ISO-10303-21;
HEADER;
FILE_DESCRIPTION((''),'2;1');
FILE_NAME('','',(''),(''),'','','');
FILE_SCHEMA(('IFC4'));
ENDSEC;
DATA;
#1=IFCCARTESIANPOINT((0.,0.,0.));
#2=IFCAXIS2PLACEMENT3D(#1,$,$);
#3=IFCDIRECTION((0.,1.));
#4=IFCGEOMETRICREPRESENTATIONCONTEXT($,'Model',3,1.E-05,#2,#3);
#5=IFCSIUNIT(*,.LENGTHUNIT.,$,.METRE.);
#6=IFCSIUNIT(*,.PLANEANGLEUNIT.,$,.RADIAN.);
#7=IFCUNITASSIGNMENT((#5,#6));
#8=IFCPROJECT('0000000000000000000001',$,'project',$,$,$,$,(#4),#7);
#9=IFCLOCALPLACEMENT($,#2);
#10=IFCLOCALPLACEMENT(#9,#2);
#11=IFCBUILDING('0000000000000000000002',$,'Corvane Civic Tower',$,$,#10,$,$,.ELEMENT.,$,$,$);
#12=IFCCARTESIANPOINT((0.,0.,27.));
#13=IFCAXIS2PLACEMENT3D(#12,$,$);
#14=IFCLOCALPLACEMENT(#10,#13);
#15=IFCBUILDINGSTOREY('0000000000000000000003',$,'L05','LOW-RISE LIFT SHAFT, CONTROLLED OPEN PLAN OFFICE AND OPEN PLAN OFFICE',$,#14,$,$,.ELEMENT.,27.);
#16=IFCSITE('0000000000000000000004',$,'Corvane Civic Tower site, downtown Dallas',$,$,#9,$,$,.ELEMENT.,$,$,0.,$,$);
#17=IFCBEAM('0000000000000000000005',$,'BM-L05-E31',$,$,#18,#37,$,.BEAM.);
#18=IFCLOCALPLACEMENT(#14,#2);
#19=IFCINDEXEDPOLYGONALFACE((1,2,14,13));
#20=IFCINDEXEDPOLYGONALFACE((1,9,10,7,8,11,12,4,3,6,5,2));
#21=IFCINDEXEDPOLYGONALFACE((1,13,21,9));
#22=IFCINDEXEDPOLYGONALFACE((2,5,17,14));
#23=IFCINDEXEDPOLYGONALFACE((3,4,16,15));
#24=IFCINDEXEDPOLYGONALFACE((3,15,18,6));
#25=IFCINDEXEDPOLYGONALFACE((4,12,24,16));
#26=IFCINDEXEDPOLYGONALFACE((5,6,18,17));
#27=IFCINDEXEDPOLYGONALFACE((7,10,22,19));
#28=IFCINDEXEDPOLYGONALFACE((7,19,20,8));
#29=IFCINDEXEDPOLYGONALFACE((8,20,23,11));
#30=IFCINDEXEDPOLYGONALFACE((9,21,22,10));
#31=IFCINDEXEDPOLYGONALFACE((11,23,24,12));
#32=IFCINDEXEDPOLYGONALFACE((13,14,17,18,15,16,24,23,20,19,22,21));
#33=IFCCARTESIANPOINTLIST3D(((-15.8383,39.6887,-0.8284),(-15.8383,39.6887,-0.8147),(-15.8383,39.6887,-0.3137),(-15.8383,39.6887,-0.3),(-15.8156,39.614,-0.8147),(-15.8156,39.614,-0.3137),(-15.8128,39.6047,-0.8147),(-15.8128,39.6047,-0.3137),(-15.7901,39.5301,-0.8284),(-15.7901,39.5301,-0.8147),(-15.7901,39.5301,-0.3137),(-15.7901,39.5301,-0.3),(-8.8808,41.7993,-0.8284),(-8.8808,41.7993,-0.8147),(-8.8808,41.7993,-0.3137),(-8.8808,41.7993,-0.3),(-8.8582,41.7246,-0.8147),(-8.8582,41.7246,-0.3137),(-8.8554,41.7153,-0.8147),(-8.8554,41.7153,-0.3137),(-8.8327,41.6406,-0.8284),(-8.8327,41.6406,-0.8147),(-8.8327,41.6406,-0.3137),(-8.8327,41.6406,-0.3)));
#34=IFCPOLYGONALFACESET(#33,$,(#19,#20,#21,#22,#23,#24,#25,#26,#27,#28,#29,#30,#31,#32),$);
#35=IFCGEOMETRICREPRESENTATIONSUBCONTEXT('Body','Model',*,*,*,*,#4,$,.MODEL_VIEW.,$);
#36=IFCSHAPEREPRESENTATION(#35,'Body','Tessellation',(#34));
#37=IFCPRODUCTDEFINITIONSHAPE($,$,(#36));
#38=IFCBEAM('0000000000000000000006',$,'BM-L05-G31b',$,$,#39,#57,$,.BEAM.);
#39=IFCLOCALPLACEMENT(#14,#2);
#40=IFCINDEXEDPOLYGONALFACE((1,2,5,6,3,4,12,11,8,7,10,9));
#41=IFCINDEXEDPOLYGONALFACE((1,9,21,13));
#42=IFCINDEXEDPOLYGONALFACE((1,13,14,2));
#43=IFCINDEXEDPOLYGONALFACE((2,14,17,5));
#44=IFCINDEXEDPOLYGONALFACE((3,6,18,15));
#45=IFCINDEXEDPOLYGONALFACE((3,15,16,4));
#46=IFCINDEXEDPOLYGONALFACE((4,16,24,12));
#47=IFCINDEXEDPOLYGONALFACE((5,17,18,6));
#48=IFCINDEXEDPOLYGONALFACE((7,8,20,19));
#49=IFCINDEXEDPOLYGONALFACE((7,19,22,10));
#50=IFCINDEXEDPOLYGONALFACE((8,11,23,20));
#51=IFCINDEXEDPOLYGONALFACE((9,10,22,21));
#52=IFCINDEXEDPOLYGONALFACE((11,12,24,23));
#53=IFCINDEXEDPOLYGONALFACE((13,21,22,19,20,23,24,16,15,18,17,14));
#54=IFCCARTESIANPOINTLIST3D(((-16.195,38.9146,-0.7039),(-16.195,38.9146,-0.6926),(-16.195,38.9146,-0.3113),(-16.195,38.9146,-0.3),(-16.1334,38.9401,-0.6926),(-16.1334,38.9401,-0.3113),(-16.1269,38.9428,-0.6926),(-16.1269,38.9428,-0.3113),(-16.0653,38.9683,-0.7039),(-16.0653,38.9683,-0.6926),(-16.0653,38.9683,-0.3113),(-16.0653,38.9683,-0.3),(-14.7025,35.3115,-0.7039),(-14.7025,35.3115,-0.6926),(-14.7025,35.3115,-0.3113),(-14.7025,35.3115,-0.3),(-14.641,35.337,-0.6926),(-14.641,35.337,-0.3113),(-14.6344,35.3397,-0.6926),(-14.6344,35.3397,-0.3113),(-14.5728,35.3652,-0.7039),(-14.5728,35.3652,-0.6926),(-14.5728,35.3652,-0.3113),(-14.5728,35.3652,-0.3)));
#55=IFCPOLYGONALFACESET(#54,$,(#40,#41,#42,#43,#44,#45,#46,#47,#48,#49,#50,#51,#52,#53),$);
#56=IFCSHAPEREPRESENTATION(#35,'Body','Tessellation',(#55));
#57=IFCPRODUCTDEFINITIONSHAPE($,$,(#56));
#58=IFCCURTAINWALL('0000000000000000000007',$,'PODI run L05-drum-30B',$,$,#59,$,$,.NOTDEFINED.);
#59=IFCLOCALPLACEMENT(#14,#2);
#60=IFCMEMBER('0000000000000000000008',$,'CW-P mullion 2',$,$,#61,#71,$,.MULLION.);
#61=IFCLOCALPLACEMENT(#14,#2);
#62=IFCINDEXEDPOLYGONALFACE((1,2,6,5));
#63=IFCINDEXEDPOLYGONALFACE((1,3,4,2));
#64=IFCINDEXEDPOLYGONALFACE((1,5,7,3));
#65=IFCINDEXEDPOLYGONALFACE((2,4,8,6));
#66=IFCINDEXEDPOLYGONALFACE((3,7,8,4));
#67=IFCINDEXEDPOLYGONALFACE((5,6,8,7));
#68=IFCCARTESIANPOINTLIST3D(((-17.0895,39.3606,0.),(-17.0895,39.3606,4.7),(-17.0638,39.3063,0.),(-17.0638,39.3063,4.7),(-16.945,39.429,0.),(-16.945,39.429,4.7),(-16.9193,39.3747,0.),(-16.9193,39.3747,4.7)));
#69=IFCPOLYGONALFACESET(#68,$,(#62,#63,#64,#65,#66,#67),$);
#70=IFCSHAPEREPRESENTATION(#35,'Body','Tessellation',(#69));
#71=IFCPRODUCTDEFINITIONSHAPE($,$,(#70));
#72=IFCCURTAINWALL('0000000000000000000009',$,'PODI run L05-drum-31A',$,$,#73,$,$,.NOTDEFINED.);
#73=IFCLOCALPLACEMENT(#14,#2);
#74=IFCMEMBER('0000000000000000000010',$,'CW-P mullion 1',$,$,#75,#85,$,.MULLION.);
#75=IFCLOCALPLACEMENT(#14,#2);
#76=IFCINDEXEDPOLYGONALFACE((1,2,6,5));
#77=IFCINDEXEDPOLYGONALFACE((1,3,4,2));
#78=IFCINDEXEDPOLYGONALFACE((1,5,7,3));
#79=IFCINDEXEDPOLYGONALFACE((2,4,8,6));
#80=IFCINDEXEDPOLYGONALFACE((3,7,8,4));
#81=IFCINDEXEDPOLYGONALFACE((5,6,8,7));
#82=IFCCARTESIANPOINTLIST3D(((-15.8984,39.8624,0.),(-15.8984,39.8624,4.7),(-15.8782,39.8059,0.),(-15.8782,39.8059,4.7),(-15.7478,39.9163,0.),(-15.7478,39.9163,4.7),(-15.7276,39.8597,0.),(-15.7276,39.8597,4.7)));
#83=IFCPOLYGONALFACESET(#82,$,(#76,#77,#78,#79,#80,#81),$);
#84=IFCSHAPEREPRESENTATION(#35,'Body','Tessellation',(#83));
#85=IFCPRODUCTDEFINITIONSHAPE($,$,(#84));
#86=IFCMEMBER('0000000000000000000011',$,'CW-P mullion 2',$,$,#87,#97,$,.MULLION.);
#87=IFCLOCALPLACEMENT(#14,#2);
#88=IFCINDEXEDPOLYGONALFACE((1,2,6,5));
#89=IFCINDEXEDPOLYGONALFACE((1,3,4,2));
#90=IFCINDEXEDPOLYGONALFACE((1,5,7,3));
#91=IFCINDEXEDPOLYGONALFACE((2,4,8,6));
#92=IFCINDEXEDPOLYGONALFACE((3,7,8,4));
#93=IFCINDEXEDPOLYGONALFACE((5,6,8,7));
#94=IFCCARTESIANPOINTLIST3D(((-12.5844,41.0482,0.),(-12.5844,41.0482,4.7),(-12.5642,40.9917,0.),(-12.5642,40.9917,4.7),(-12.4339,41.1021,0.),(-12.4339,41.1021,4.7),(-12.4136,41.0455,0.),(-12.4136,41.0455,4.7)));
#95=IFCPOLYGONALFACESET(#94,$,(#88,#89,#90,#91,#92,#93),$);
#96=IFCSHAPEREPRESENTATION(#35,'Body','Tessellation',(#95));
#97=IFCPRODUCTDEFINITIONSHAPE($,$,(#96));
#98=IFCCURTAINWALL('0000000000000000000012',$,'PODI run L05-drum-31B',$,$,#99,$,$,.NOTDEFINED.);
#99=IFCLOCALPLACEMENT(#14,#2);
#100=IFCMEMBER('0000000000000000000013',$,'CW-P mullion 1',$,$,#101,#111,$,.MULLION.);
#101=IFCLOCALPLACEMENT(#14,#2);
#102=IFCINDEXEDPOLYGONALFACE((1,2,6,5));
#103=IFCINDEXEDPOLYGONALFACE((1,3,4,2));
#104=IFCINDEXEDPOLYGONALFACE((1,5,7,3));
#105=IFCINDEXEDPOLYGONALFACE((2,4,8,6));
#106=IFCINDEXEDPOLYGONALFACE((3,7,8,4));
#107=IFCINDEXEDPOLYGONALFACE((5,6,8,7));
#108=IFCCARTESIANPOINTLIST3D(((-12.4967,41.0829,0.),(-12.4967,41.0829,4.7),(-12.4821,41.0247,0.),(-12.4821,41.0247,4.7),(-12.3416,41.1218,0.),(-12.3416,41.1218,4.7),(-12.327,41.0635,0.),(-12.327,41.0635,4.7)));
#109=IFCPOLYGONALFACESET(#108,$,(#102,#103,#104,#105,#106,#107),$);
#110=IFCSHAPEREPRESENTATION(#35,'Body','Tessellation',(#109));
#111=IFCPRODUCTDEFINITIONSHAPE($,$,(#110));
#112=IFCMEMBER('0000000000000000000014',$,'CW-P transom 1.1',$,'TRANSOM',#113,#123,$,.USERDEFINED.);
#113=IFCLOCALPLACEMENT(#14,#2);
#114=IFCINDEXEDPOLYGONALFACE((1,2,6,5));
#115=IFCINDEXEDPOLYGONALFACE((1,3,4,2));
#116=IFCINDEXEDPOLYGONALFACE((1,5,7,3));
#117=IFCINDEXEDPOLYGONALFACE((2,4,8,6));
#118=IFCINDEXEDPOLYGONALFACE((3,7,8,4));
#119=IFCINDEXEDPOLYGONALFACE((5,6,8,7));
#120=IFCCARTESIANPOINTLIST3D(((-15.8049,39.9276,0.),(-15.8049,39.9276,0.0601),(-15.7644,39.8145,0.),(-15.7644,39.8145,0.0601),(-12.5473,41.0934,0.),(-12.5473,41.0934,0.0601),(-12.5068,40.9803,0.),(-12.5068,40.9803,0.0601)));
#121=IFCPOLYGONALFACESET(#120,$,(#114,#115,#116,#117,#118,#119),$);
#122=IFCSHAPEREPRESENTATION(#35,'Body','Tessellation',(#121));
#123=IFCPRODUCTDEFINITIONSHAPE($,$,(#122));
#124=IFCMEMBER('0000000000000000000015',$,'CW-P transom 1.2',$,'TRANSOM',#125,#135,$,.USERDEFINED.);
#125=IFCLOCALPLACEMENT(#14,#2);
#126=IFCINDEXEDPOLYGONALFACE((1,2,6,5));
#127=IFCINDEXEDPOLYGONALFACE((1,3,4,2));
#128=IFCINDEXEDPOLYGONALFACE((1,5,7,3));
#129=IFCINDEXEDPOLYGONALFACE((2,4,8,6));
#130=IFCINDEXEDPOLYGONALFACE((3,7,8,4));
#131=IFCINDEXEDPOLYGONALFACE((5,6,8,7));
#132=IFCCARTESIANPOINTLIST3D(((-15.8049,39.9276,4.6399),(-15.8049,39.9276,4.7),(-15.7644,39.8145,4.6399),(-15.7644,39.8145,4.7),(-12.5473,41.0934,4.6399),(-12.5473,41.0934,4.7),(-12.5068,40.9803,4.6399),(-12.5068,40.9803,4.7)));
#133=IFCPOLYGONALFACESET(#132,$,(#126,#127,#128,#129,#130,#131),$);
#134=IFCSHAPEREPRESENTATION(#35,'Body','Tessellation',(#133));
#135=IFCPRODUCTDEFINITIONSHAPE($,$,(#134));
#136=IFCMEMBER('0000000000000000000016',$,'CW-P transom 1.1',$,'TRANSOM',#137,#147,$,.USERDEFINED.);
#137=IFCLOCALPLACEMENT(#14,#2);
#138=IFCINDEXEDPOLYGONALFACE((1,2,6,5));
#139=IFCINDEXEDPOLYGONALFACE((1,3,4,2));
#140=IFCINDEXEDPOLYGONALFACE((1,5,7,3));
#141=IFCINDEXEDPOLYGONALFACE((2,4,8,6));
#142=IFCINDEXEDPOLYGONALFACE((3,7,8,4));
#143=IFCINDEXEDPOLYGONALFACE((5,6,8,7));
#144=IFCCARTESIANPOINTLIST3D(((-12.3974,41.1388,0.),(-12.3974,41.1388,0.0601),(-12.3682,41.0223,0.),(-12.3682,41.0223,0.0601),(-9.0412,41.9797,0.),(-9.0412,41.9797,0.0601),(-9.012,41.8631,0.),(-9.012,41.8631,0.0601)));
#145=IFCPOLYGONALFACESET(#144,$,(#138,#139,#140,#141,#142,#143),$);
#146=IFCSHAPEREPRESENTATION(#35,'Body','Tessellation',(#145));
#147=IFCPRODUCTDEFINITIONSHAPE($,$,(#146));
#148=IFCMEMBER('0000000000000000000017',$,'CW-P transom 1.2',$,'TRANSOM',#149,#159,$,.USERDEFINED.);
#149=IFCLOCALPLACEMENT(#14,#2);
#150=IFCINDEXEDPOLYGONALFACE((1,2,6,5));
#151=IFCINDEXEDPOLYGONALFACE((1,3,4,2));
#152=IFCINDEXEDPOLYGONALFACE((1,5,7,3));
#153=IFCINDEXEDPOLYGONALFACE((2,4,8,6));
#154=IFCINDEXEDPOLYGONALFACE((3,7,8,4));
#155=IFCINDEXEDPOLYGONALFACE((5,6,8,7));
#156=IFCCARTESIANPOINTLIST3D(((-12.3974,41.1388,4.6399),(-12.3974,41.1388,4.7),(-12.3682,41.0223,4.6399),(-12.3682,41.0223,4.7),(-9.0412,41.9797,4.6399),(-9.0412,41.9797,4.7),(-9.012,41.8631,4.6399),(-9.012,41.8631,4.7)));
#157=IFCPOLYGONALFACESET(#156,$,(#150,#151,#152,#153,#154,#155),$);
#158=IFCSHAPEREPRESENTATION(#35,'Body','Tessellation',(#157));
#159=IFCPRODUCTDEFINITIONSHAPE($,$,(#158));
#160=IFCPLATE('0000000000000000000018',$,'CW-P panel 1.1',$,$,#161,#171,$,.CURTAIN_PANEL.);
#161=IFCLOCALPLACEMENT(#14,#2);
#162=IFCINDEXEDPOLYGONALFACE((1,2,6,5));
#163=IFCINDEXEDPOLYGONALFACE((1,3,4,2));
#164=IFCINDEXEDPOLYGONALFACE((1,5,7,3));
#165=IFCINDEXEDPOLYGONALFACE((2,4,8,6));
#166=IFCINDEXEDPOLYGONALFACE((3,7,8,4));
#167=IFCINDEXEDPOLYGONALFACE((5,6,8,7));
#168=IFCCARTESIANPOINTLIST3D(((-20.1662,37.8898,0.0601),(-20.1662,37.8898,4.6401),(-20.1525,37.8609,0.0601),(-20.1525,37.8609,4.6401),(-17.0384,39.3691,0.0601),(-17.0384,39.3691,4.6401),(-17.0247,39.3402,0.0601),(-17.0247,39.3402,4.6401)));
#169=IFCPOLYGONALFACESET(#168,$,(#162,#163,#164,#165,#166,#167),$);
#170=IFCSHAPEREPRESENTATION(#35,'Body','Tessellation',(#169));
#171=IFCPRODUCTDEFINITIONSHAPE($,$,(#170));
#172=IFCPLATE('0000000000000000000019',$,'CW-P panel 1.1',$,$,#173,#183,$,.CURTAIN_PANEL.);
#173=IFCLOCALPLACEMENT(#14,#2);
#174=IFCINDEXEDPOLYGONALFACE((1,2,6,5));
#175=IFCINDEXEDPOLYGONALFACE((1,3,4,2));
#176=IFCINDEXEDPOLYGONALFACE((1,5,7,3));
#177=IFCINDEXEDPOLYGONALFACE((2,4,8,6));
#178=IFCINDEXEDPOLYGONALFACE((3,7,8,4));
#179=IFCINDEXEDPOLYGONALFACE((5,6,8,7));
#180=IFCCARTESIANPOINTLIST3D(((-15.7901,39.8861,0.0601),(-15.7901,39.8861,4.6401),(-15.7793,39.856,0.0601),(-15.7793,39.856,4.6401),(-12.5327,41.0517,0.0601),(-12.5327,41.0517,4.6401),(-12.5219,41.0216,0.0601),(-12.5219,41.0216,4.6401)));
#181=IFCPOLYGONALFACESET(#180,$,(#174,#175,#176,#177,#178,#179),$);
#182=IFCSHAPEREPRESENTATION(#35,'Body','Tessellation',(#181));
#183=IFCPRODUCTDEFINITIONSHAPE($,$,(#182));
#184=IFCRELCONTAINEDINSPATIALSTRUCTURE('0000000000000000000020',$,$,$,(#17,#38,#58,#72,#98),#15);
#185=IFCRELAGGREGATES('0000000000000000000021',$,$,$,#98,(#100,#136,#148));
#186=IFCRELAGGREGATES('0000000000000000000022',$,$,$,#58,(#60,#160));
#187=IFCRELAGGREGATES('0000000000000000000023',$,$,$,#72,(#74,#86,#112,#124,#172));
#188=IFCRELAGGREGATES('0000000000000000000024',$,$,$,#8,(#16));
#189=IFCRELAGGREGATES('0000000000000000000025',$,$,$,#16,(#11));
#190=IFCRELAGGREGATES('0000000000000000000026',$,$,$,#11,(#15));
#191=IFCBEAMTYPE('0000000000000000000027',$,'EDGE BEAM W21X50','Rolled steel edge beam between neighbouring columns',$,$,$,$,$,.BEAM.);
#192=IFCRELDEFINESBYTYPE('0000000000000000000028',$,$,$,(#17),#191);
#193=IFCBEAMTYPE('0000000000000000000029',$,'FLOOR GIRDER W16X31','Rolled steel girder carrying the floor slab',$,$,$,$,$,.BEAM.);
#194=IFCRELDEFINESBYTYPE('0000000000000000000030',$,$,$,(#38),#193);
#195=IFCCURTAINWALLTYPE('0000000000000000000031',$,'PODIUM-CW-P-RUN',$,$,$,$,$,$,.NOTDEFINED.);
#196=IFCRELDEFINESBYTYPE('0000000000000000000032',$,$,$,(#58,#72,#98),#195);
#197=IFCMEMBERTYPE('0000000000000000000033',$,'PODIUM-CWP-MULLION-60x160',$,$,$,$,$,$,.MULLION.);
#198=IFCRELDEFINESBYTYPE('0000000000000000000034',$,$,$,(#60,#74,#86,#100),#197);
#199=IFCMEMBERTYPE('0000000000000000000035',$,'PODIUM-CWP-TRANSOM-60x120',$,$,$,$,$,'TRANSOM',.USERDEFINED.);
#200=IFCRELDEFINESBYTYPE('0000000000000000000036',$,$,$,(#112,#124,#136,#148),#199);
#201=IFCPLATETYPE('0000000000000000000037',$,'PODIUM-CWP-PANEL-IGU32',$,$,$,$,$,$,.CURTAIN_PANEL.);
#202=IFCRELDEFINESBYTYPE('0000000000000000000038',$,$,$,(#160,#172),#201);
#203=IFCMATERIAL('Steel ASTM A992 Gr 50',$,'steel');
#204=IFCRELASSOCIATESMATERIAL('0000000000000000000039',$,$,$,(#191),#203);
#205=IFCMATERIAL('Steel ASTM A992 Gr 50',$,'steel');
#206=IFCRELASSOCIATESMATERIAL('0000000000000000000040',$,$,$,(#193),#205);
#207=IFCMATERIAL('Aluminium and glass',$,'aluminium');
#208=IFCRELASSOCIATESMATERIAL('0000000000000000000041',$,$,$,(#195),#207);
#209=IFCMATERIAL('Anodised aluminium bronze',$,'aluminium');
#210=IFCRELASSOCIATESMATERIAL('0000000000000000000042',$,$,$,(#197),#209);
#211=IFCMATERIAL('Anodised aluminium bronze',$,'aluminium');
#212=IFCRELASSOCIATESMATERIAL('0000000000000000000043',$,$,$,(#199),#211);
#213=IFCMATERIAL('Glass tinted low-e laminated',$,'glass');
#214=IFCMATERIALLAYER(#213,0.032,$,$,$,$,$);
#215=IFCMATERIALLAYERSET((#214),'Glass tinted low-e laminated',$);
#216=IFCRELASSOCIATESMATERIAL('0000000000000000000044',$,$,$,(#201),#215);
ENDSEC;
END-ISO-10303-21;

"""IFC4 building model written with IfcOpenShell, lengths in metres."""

from ifc_helpers import new_model, si_unit, direction, frame, origin, origin_2d, place, context, subcontext, project, spatial, rectangle, i_section, extrude, material, layer, layer_set, material_profile, profile_set, type_object, element, aggregate, save


model = new_model("IFC4")

# Units and contexts
model_context = context("Model", 3, precision=1e-05, world=origin(), true_north=direction((0.0, 1.0)))
body_context = subcontext(model_context, "Body", "Model", "MODEL_VIEW")
ifc_project = project(units=[si_unit("LENGTHUNIT", "METRE"), si_unit("PLANEANGLEUNIT", "RADIAN")], contexts=[model_context])

# Site, building, storey
site_placement = place(None, origin())
site = spatial("IfcSite", under=ifc_project, at=site_placement, Name="Corvane Civic Tower site, downtown Dallas", CompositionType="ELEMENT", RefElevation=0.0)
building_placement = place(site_placement, origin())
building = spatial("IfcBuilding", under=site, at=building_placement, Name="Corvane Civic Tower", CompositionType="ELEMENT")
storey_placement = place(building_placement, frame((0.0, 0.0, 27.0)))
storey = spatial("IfcBuildingStorey", under=building, at=storey_placement, Name="L05", Description="LOW-RISE LIFT SHAFT, CONTROLLED OPEN PLAN OFFICE AND OPEN PLAN OFFICE", CompositionType="ELEMENT", Elevation=27.0)

# Beams
ifc_material_1 = material(Name="Steel ASTM A992 Gr 50", Category="steel")
ifc_material_profile_1 = material_profile(ifc_material_1, i_section(OverallWidth=0.1658, OverallDepth=0.5283, WebThickness=0.0098, FlangeThickness=0.0137, at=origin_2d()), Name="W21X50")
ifc_profile_set_1 = profile_set([ifc_material_profile_1], Name="Steel ASTM A992 Gr 50")
beam_type_1 = type_object("IfcBeamType", Name="EDGE BEAM W21X50", Description="Rolled steel edge beam between neighbouring columns", PredefinedType="BEAM", material=ifc_profile_set_1)
beam_1_placement = place(storey_placement, frame((-15.8142, 39.6094, -0.5642), z_axis=(0.956938, 0.290292, 0.0), x_axis=(-0.290292, 0.956938, 0.0)))
element("IfcBeam", 1, at=beam_1_placement, inside=storey, type_object=beam_type_1, Name="BM-L05-E31", PredefinedType="BEAM", context=body_context, shape_type="SweptSolid", body=[
    extrude(i_section(OverallWidth=0.1658, OverallDepth=0.5283, WebThickness=0.0098, FlangeThickness=0.0137, at=origin_2d()), origin(), (0.0, 0.0, 1.0), 7.2705),
])
ifc_material_2 = material(Name="Steel ASTM A992 Gr 50", Category="steel")
ifc_material_profile_2 = material_profile(ifc_material_2, i_section(OverallWidth=0.1404, OverallDepth=0.4038, WebThickness=0.0071, FlangeThickness=0.0112, at=origin_2d()), Name="W16X31")
ifc_profile_set_2 = profile_set([ifc_material_profile_2], Name="Steel ASTM A992 Gr 50")
beam_type_2 = type_object("IfcBeamType", Name="FLOOR GIRDER W16X31", Description="Rolled steel girder carrying the floor slab", PredefinedType="BEAM", material=ifc_profile_set_2)
beam_2_placement = place(storey_placement, frame((-14.6377, 35.3384, -0.502), z_axis=(-0.382685, 0.923879, 0.0), x_axis=(-0.923879, -0.382685, 0.0)))
element("IfcBeam", 2, at=beam_2_placement, inside=storey, type_object=beam_type_2, Name="BM-L05-G31b", PredefinedType="BEAM", context=body_context, shape_type="SweptSolid", body=[
    extrude(i_section(OverallWidth=0.1404, OverallDepth=0.4038, WebThickness=0.0071, FlangeThickness=0.0112, at=origin_2d()), origin(), (0.0, 0.0, 1.0), 3.8999),
])

# Curtain wall, member
ifc_material_3 = material(Name="Aluminium and glass", Category="aluminium")
curtain_wall_type = type_object("IfcCurtainWallType", Name="PODIUM-CW-P-RUN", PredefinedType="NOTDEFINED", material=ifc_material_3)
curtain_wall_1_placement = place(storey_placement, origin())
curtain_wall_1 = element("IfcCurtainWall", 3, at=curtain_wall_1_placement, inside=storey, type_object=curtain_wall_type, Name="PODI run L05-drum-30B", PredefinedType="NOTDEFINED")
ifc_material_4 = material(Name="Anodised aluminium bronze", Category="aluminium")
ifc_material_profile_3 = material_profile(ifc_material_4, rectangle(XDim=0.0601, YDim=0.1599, at=origin_2d()), Name="AL 60x160")
ifc_profile_set_3 = profile_set([ifc_material_profile_3], Name="Anodised aluminium bronze")
member_type_1 = type_object("IfcMemberType", Name="PODIUM-CWP-MULLION-60x160", PredefinedType="MULLION", material=ifc_profile_set_3)
member_1_placement = place(storey_placement, frame((-17.0044, 39.3677, 0.0), z_axis=(0.0, 0.0, 1.0), x_axis=(-0.427553, 0.90399, 0.0)))
member_1 = element("IfcMember", 4, at=member_1_placement, type_object=member_type_1, Name="CW-P mullion 2", PredefinedType="MULLION", context=body_context, shape_type="SweptSolid", body=[
    extrude(rectangle(XDim=0.0601, YDim=0.1599, at=origin_2d()), origin(), (0.0, 0.0, 1.0), 4.7),
])

# Curtain wall, members
curtain_wall_2_placement = place(storey_placement, origin())
curtain_wall_2 = element("IfcCurtainWall", 5, at=curtain_wall_2_placement, inside=storey, type_object=curtain_wall_type, Name="PODI run L05-drum-31A", PredefinedType="NOTDEFINED")
member_2_placement = place(storey_placement, frame((-15.813, 39.8611, 0.0), z_axis=(0.0, 0.0, 1.0), x_axis=(-0.336919, 0.941534, 0.0)))
member_2 = element("IfcMember", 6, at=member_2_placement, type_object=member_type_1, Name="CW-P mullion 1", PredefinedType="MULLION", context=body_context, shape_type="SweptSolid", body=[
    extrude(rectangle(XDim=0.0601, YDim=0.1599, at=origin_2d()), origin(), (0.0, 0.0, 1.0), 4.7),
])
member_3_placement = place(storey_placement, frame((-12.499, 41.0469, 0.0), z_axis=(0.0, 0.0, 1.0), x_axis=(-0.336919, 0.941534, 0.0)))
member_3 = element("IfcMember", 7, at=member_3_placement, type_object=member_type_1, Name="CW-P mullion 2", PredefinedType="MULLION", context=body_context, shape_type="SweptSolid", body=[
    extrude(rectangle(XDim=0.0601, YDim=0.1599, at=origin_2d()), origin(), (0.0, 0.0, 1.0), 4.7),
])

# Curtain wall, member
curtain_wall_3_placement = place(storey_placement, origin())
curtain_wall_3 = element("IfcCurtainWall", 8, at=curtain_wall_3_placement, inside=storey, type_object=curtain_wall_type, Name="PODI run L05-drum-31B", PredefinedType="NOTDEFINED")
member_4_placement = place(storey_placement, frame((-12.4119, 41.0732, 0.0), z_axis=(0.0, 0.0, 1.0), x_axis=(-0.243009, 0.970024, 0.0)))
member_4 = element("IfcMember", 9, at=member_4_placement, type_object=member_type_1, Name="CW-P mullion 1", PredefinedType="MULLION", context=body_context, shape_type="SweptSolid", body=[
    extrude(rectangle(XDim=0.0601, YDim=0.1599, at=origin_2d()), origin(), (0.0, 0.0, 1.0), 4.7),
])

# Members
ifc_material_5 = material(Name="Anodised aluminium bronze", Category="aluminium")
ifc_material_profile_4 = material_profile(ifc_material_5, rectangle(XDim=0.1201, YDim=0.0601, at=origin_2d()), Name="AL 120x60")
ifc_profile_set_4 = profile_set([ifc_material_profile_4], Name="Anodised aluminium bronze")
member_type_2 = type_object("IfcMemberType", Name="PODIUM-CWP-TRANSOM-60x120", ElementType="TRANSOM", PredefinedType="USERDEFINED", material=ifc_profile_set_4)
member_5_placement = place(storey_placement, frame((-15.7847, 39.8711, 0.03), z_axis=(0.941526, 0.33694, 0.0), x_axis=(-0.33694, 0.941526, 0.0)))
member_5 = element("IfcMember", 10, at=member_5_placement, type_object=member_type_2, Name="CW-P transom 1.1", ObjectType="TRANSOM", PredefinedType="USERDEFINED", context=body_context, shape_type="SweptSolid", body=[
    extrude(rectangle(XDim=0.1201, YDim=0.0601, at=origin_2d()), origin(), (0.0, 0.0, 1.0), 3.46),
])
member_6_placement = place(storey_placement, frame((-15.7847, 39.8711, 4.6699), z_axis=(0.941526, 0.33694, 0.0), x_axis=(-0.33694, 0.941526, 0.0)))
member_6 = element("IfcMember", 11, at=member_6_placement, type_object=member_type_2, Name="CW-P transom 1.2", ObjectType="TRANSOM", PredefinedType="USERDEFINED", context=body_context, shape_type="SweptSolid", body=[
    extrude(rectangle(XDim=0.1201, YDim=0.0601, at=origin_2d()), origin(), (0.0, 0.0, 1.0), 3.46),
])
member_7_placement = place(storey_placement, frame((-12.3828, 41.0806, 0.03), z_axis=(0.970022, 0.243017, 0.0), x_axis=(-0.243017, 0.970022, 0.0)))
member_7 = element("IfcMember", 12, at=member_7_placement, type_object=member_type_2, Name="CW-P transom 1.1", ObjectType="TRANSOM", PredefinedType="USERDEFINED", context=body_context, shape_type="SweptSolid", body=[
    extrude(rectangle(XDim=0.1201, YDim=0.0601, at=origin_2d()), origin(), (0.0, 0.0, 1.0), 3.46),
])
member_8_placement = place(storey_placement, frame((-12.3828, 41.0806, 4.6699), z_axis=(0.970022, 0.243017, 0.0), x_axis=(-0.243017, 0.970022, 0.0)))
member_8 = element("IfcMember", 13, at=member_8_placement, type_object=member_type_2, Name="CW-P transom 1.2", ObjectType="TRANSOM", PredefinedType="USERDEFINED", context=body_context, shape_type="SweptSolid", body=[
    extrude(rectangle(XDim=0.1201, YDim=0.0601, at=origin_2d()), origin(), (0.0, 0.0, 1.0), 3.46),
])
aggregate(curtain_wall_3, [member_4, member_7, member_8])

# Plates
ifc_material_6 = material(Name="Glass tinted low-e laminated", Category="glass")
ifc_layer_1 = layer(ifc_material_6, 0.032)
ifc_layer_set_1 = layer_set([ifc_layer_1], Name="Glass tinted low-e laminated")
plate_type = type_object("IfcPlateType", Name="PODIUM-CWP-PANEL-IGU32", PredefinedType="CURTAIN_PANEL", material=ifc_layer_set_1)
plate_1_placement = place(storey_placement, frame((-18.5955, 38.615, 0.0601), z_axis=(0.0, 0.0, 1.0), x_axis=(0.90399, 0.427553, 0.0)))
plate_1 = element("IfcPlate", 14, at=plate_1_placement, type_object=plate_type, Name="CW-P panel 1.1", PredefinedType="CURTAIN_PANEL", context=body_context, shape_type="SweptSolid", body=[
    extrude(rectangle(XDim=3.46, YDim=0.032, at=origin_2d()), origin(), (0.0, 0.0, 1.0), 4.5801),
])
aggregate(curtain_wall_1, [member_1, plate_1])
plate_2_placement = place(storey_placement, frame((-14.156, 40.4539, 0.0601), z_axis=(0.0, 0.0, 1.0), x_axis=(0.941534, 0.336919, 0.0)))
plate_2 = element("IfcPlate", 15, at=plate_2_placement, type_object=plate_type, Name="CW-P panel 1.1", PredefinedType="CURTAIN_PANEL", context=body_context, shape_type="SweptSolid", body=[
    extrude(rectangle(XDim=3.4597, YDim=0.032, at=origin_2d()), origin(), (0.0, 0.0, 1.0), 4.5801),
])
aggregate(curtain_wall_2, [member_2, member_3, member_5, member_6, plate_2])

save(model, "model.ifc")
